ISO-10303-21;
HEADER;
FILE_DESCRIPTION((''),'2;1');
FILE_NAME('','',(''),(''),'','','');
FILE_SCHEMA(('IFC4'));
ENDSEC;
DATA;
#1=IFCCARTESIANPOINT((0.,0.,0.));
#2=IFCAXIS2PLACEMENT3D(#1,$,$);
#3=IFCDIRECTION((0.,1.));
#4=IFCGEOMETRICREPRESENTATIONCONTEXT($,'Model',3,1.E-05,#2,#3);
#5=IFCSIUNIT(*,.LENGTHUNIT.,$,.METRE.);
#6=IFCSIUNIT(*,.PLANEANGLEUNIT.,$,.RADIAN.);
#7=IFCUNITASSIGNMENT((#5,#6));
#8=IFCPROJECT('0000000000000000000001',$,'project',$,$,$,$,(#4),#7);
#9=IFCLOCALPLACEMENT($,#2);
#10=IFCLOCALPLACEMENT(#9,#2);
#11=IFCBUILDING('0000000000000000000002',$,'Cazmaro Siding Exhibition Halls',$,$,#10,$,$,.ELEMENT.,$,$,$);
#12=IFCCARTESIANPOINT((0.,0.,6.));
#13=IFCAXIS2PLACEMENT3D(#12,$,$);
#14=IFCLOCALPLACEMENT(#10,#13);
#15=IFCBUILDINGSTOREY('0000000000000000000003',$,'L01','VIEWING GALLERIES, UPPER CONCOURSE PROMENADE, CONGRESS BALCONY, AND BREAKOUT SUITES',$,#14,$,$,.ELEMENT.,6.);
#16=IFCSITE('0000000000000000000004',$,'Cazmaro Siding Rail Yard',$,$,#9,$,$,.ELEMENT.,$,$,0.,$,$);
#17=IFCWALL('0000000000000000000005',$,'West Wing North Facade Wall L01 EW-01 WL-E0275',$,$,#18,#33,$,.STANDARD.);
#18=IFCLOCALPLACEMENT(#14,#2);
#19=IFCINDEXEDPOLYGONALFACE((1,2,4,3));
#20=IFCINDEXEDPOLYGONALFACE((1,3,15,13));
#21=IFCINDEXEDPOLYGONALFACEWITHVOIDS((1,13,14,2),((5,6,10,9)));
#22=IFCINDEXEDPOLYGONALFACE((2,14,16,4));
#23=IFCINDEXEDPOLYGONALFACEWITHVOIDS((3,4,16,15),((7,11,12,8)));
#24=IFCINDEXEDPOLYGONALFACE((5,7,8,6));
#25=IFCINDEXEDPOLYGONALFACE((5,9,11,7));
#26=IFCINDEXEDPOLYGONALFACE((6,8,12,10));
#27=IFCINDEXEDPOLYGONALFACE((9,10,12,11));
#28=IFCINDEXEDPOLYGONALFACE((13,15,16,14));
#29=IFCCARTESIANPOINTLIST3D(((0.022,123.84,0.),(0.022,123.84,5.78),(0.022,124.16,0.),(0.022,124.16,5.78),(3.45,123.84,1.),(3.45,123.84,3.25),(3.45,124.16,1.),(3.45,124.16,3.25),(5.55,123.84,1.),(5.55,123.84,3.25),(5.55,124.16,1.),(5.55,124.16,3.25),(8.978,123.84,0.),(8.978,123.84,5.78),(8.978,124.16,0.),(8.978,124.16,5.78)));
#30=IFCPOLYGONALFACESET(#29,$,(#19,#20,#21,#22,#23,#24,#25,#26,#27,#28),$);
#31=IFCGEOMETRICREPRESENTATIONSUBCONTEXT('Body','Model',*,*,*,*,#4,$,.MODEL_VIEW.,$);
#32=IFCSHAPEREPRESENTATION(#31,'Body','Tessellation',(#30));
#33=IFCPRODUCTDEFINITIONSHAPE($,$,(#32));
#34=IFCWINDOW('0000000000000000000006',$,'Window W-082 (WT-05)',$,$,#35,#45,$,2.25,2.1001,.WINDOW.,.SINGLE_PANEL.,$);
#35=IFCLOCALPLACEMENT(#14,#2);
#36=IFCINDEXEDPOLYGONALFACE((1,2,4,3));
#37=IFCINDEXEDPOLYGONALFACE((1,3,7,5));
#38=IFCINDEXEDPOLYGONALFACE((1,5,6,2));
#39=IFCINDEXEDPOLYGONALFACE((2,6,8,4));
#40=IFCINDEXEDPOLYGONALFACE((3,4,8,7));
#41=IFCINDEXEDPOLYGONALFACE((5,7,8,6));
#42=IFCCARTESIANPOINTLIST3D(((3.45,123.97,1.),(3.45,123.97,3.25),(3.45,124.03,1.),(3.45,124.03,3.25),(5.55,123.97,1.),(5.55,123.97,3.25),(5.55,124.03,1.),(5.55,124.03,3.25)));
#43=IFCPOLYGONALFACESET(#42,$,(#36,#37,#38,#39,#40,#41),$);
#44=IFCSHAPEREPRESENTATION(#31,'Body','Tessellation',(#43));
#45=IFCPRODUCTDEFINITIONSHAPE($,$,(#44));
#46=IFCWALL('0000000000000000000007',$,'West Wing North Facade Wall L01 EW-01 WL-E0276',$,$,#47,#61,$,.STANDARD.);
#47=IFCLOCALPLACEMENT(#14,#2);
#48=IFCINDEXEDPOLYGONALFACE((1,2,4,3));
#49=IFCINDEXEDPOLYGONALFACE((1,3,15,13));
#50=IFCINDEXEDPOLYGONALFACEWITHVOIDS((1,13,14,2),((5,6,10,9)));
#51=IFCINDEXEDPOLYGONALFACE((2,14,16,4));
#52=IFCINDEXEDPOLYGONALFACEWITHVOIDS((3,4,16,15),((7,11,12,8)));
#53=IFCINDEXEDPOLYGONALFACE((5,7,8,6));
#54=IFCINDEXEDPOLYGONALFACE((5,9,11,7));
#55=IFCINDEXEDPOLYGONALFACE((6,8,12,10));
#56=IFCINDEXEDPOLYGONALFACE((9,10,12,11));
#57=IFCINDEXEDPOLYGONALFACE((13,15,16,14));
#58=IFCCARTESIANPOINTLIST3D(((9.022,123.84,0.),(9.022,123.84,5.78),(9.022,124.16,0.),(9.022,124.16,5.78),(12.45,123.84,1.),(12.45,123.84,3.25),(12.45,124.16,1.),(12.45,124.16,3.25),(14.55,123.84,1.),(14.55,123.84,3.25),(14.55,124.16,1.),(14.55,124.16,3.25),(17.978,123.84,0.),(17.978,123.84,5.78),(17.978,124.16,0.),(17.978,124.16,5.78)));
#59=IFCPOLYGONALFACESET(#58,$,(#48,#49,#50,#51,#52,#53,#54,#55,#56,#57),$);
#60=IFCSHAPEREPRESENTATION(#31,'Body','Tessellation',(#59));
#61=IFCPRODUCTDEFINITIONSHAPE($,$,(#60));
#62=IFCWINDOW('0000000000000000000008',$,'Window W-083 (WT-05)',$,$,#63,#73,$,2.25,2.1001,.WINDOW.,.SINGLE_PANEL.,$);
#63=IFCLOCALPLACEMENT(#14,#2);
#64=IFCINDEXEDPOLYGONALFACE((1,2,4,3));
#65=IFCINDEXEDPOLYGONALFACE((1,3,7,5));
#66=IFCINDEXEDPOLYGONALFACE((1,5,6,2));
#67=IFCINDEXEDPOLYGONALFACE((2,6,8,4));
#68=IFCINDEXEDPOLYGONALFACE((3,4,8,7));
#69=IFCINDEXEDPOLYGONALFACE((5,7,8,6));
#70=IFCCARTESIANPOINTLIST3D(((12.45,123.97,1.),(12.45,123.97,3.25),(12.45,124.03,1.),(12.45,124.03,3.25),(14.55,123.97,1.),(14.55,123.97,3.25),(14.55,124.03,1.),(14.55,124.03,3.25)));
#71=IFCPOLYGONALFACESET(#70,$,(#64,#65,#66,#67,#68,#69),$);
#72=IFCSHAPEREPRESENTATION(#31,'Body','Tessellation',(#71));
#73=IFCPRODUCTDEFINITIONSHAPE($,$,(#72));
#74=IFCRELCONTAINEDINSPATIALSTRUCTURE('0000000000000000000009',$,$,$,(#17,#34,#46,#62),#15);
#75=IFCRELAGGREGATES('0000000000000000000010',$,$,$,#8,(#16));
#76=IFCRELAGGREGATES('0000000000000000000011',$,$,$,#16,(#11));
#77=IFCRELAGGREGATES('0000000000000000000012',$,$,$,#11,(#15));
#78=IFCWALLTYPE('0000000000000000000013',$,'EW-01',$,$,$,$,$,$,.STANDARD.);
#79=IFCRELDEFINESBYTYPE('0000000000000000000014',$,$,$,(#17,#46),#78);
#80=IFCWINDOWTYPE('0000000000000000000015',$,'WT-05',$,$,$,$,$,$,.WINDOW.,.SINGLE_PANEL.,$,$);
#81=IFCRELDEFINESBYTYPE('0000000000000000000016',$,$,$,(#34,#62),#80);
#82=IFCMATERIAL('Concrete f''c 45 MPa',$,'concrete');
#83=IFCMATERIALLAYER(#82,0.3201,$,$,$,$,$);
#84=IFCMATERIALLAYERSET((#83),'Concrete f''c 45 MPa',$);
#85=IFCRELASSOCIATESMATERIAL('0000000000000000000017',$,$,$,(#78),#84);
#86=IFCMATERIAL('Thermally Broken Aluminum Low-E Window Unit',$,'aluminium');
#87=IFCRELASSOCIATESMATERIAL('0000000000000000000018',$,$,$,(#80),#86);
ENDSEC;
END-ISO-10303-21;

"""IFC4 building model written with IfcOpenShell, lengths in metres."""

from ifc_helpers import new_model, si_unit, direction, frame, frame_2d, origin, place, context, subcontext, project, spatial, rectangle, extrude, material, layer, layer_set, type_object, element, fill, save


model = new_model("IFC4")

# Units and contexts
model_context = context("Model", 3, precision=1e-05, world=origin(), true_north=direction((0.0, 1.0)))
body_context = subcontext(model_context, "Body", "Model", "MODEL_VIEW")
ifc_project = project(units=[si_unit("LENGTHUNIT", "METRE"), si_unit("PLANEANGLEUNIT", "RADIAN")], contexts=[model_context])

# Site, building, storey
site_placement = place(None, origin())
site = spatial("IfcSite", under=ifc_project, at=site_placement, Name="Cazmaro Siding Rail Yard", CompositionType="ELEMENT", RefElevation=0.0)
building_placement = place(site_placement, origin())
building = spatial("IfcBuilding", under=site, at=building_placement, Name="Cazmaro Siding Exhibition Halls", CompositionType="ELEMENT")
storey_placement = place(building_placement, frame((0.0, 0.0, 6.0)))
storey = spatial("IfcBuildingStorey", under=building, at=storey_placement, Name="L01", Description="VIEWING GALLERIES, UPPER CONCOURSE PROMENADE, CONGRESS BALCONY, AND BREAKOUT SUITES", CompositionType="ELEMENT", Elevation=6.0)

# Walls, openings, windows
ifc_material_1 = material(Name="Concrete f'c 45 MPa", Category="concrete")
ifc_layer_1 = layer(ifc_material_1, 0.3201)
ifc_layer_set_1 = layer_set([ifc_layer_1], Name="Concrete f'c 45 MPa")
wall_type = type_object("IfcWallType", Name="EW-01", PredefinedType="STANDARD", material=ifc_layer_set_1)
wall_1_placement = place(storey_placement, frame((0.022, 124.0, 0.0), z_axis=(0.0, 0.0, 1.0), x_axis=(1.0, 0.0, 0.0)))
wall_1 = element("IfcWall", 1, at=wall_1_placement, inside=storey, type_object=wall_type, Name="West Wing North Facade Wall L01 EW-01 WL-E0275", PredefinedType="STANDARD", context=body_context, shape_type="SweptSolid", body=[
    extrude(rectangle(XDim=8.9561, YDim=0.3201, at=frame_2d((4.478, 0.0))), origin(), (0.0, 0.0, 1.0), 5.78),
])
opening_1_placement = place(wall_1_placement, frame((3.428, 0.0, 1.0)))
opening_1 = element("IfcOpeningElement", 2, at=opening_1_placement, cuts=wall_1, PredefinedType="OPENING", context=body_context, shape_type="SweptSolid", body=[
    extrude(rectangle(XDim=2.1001, YDim=2.25, at=frame_2d((1.05, 1.125))), frame((0.0, 0.1699, 0.0), z_axis=(0.0, -1.0, 0.0), x_axis=(1.0, 0.0, 0.0)), (0.0, 0.0, 1.0), 0.3401),
])
ifc_material_2 = material(Name="Thermally Broken Aluminum Low-E Window Unit", Category="aluminium")
window_type = type_object("IfcWindowType", Name="WT-05", PartitioningType="SINGLE_PANEL", PredefinedType="WINDOW", material=ifc_material_2)
window_1_placement = place(opening_1_placement, origin())
window_1 = element("IfcWindow", 3, at=window_1_placement, inside=storey, type_object=window_type, Name="Window W-082 (WT-05)", OverallHeight=2.25, OverallWidth=2.1001, PartitioningType="SINGLE_PANEL", PredefinedType="WINDOW", context=body_context, shape_type="SweptSolid", body=[
    extrude(rectangle(XDim=2.1001, YDim=2.25, at=frame_2d((1.05, 1.125))), frame((0.0, 0.03, 0.0), z_axis=(0.0, -1.0, 0.0), x_axis=(1.0, 0.0, 0.0)), (0.0, 0.0, 1.0), 0.0601),
])
fill(opening_1, window_1)
wall_2_placement = place(storey_placement, frame((9.022, 124.0, 0.0), z_axis=(0.0, 0.0, 1.0), x_axis=(1.0, 0.0, 0.0)))
wall_2 = element("IfcWall", 4, at=wall_2_placement, inside=storey, type_object=wall_type, Name="West Wing North Facade Wall L01 EW-01 WL-E0276", PredefinedType="STANDARD", context=body_context, shape_type="SweptSolid", body=[
    extrude(rectangle(XDim=8.9561, YDim=0.3201, at=frame_2d((4.478, 0.0))), origin(), (0.0, 0.0, 1.0), 5.78),
])
opening_2_placement = place(wall_2_placement, frame((3.428, 0.0, 1.0)))
opening_2 = element("IfcOpeningElement", 5, at=opening_2_placement, cuts=wall_2, PredefinedType="OPENING", context=body_context, shape_type="SweptSolid", body=[
    extrude(rectangle(XDim=2.1001, YDim=2.25, at=frame_2d((1.05, 1.125))), frame((0.0, 0.1699, 0.0), z_axis=(0.0, -1.0, 0.0), x_axis=(1.0, 0.0, 0.0)), (0.0, 0.0, 1.0), 0.3401),
])
window_2_placement = place(opening_2_placement, origin())
window_2 = element("IfcWindow", 6, at=window_2_placement, inside=storey, type_object=window_type, Name="Window W-083 (WT-05)", OverallHeight=2.25, OverallWidth=2.1001, PartitioningType="SINGLE_PANEL", PredefinedType="WINDOW", context=body_context, shape_type="SweptSolid", body=[
    extrude(rectangle(XDim=2.1001, YDim=2.25, at=frame_2d((1.05, 1.125))), frame((0.0, 0.03, 0.0), z_axis=(0.0, -1.0, 0.0), x_axis=(1.0, 0.0, 0.0)), (0.0, 0.0, 1.0), 0.0601),
])
fill(opening_2, window_2)

save(model, "model.ifc")
